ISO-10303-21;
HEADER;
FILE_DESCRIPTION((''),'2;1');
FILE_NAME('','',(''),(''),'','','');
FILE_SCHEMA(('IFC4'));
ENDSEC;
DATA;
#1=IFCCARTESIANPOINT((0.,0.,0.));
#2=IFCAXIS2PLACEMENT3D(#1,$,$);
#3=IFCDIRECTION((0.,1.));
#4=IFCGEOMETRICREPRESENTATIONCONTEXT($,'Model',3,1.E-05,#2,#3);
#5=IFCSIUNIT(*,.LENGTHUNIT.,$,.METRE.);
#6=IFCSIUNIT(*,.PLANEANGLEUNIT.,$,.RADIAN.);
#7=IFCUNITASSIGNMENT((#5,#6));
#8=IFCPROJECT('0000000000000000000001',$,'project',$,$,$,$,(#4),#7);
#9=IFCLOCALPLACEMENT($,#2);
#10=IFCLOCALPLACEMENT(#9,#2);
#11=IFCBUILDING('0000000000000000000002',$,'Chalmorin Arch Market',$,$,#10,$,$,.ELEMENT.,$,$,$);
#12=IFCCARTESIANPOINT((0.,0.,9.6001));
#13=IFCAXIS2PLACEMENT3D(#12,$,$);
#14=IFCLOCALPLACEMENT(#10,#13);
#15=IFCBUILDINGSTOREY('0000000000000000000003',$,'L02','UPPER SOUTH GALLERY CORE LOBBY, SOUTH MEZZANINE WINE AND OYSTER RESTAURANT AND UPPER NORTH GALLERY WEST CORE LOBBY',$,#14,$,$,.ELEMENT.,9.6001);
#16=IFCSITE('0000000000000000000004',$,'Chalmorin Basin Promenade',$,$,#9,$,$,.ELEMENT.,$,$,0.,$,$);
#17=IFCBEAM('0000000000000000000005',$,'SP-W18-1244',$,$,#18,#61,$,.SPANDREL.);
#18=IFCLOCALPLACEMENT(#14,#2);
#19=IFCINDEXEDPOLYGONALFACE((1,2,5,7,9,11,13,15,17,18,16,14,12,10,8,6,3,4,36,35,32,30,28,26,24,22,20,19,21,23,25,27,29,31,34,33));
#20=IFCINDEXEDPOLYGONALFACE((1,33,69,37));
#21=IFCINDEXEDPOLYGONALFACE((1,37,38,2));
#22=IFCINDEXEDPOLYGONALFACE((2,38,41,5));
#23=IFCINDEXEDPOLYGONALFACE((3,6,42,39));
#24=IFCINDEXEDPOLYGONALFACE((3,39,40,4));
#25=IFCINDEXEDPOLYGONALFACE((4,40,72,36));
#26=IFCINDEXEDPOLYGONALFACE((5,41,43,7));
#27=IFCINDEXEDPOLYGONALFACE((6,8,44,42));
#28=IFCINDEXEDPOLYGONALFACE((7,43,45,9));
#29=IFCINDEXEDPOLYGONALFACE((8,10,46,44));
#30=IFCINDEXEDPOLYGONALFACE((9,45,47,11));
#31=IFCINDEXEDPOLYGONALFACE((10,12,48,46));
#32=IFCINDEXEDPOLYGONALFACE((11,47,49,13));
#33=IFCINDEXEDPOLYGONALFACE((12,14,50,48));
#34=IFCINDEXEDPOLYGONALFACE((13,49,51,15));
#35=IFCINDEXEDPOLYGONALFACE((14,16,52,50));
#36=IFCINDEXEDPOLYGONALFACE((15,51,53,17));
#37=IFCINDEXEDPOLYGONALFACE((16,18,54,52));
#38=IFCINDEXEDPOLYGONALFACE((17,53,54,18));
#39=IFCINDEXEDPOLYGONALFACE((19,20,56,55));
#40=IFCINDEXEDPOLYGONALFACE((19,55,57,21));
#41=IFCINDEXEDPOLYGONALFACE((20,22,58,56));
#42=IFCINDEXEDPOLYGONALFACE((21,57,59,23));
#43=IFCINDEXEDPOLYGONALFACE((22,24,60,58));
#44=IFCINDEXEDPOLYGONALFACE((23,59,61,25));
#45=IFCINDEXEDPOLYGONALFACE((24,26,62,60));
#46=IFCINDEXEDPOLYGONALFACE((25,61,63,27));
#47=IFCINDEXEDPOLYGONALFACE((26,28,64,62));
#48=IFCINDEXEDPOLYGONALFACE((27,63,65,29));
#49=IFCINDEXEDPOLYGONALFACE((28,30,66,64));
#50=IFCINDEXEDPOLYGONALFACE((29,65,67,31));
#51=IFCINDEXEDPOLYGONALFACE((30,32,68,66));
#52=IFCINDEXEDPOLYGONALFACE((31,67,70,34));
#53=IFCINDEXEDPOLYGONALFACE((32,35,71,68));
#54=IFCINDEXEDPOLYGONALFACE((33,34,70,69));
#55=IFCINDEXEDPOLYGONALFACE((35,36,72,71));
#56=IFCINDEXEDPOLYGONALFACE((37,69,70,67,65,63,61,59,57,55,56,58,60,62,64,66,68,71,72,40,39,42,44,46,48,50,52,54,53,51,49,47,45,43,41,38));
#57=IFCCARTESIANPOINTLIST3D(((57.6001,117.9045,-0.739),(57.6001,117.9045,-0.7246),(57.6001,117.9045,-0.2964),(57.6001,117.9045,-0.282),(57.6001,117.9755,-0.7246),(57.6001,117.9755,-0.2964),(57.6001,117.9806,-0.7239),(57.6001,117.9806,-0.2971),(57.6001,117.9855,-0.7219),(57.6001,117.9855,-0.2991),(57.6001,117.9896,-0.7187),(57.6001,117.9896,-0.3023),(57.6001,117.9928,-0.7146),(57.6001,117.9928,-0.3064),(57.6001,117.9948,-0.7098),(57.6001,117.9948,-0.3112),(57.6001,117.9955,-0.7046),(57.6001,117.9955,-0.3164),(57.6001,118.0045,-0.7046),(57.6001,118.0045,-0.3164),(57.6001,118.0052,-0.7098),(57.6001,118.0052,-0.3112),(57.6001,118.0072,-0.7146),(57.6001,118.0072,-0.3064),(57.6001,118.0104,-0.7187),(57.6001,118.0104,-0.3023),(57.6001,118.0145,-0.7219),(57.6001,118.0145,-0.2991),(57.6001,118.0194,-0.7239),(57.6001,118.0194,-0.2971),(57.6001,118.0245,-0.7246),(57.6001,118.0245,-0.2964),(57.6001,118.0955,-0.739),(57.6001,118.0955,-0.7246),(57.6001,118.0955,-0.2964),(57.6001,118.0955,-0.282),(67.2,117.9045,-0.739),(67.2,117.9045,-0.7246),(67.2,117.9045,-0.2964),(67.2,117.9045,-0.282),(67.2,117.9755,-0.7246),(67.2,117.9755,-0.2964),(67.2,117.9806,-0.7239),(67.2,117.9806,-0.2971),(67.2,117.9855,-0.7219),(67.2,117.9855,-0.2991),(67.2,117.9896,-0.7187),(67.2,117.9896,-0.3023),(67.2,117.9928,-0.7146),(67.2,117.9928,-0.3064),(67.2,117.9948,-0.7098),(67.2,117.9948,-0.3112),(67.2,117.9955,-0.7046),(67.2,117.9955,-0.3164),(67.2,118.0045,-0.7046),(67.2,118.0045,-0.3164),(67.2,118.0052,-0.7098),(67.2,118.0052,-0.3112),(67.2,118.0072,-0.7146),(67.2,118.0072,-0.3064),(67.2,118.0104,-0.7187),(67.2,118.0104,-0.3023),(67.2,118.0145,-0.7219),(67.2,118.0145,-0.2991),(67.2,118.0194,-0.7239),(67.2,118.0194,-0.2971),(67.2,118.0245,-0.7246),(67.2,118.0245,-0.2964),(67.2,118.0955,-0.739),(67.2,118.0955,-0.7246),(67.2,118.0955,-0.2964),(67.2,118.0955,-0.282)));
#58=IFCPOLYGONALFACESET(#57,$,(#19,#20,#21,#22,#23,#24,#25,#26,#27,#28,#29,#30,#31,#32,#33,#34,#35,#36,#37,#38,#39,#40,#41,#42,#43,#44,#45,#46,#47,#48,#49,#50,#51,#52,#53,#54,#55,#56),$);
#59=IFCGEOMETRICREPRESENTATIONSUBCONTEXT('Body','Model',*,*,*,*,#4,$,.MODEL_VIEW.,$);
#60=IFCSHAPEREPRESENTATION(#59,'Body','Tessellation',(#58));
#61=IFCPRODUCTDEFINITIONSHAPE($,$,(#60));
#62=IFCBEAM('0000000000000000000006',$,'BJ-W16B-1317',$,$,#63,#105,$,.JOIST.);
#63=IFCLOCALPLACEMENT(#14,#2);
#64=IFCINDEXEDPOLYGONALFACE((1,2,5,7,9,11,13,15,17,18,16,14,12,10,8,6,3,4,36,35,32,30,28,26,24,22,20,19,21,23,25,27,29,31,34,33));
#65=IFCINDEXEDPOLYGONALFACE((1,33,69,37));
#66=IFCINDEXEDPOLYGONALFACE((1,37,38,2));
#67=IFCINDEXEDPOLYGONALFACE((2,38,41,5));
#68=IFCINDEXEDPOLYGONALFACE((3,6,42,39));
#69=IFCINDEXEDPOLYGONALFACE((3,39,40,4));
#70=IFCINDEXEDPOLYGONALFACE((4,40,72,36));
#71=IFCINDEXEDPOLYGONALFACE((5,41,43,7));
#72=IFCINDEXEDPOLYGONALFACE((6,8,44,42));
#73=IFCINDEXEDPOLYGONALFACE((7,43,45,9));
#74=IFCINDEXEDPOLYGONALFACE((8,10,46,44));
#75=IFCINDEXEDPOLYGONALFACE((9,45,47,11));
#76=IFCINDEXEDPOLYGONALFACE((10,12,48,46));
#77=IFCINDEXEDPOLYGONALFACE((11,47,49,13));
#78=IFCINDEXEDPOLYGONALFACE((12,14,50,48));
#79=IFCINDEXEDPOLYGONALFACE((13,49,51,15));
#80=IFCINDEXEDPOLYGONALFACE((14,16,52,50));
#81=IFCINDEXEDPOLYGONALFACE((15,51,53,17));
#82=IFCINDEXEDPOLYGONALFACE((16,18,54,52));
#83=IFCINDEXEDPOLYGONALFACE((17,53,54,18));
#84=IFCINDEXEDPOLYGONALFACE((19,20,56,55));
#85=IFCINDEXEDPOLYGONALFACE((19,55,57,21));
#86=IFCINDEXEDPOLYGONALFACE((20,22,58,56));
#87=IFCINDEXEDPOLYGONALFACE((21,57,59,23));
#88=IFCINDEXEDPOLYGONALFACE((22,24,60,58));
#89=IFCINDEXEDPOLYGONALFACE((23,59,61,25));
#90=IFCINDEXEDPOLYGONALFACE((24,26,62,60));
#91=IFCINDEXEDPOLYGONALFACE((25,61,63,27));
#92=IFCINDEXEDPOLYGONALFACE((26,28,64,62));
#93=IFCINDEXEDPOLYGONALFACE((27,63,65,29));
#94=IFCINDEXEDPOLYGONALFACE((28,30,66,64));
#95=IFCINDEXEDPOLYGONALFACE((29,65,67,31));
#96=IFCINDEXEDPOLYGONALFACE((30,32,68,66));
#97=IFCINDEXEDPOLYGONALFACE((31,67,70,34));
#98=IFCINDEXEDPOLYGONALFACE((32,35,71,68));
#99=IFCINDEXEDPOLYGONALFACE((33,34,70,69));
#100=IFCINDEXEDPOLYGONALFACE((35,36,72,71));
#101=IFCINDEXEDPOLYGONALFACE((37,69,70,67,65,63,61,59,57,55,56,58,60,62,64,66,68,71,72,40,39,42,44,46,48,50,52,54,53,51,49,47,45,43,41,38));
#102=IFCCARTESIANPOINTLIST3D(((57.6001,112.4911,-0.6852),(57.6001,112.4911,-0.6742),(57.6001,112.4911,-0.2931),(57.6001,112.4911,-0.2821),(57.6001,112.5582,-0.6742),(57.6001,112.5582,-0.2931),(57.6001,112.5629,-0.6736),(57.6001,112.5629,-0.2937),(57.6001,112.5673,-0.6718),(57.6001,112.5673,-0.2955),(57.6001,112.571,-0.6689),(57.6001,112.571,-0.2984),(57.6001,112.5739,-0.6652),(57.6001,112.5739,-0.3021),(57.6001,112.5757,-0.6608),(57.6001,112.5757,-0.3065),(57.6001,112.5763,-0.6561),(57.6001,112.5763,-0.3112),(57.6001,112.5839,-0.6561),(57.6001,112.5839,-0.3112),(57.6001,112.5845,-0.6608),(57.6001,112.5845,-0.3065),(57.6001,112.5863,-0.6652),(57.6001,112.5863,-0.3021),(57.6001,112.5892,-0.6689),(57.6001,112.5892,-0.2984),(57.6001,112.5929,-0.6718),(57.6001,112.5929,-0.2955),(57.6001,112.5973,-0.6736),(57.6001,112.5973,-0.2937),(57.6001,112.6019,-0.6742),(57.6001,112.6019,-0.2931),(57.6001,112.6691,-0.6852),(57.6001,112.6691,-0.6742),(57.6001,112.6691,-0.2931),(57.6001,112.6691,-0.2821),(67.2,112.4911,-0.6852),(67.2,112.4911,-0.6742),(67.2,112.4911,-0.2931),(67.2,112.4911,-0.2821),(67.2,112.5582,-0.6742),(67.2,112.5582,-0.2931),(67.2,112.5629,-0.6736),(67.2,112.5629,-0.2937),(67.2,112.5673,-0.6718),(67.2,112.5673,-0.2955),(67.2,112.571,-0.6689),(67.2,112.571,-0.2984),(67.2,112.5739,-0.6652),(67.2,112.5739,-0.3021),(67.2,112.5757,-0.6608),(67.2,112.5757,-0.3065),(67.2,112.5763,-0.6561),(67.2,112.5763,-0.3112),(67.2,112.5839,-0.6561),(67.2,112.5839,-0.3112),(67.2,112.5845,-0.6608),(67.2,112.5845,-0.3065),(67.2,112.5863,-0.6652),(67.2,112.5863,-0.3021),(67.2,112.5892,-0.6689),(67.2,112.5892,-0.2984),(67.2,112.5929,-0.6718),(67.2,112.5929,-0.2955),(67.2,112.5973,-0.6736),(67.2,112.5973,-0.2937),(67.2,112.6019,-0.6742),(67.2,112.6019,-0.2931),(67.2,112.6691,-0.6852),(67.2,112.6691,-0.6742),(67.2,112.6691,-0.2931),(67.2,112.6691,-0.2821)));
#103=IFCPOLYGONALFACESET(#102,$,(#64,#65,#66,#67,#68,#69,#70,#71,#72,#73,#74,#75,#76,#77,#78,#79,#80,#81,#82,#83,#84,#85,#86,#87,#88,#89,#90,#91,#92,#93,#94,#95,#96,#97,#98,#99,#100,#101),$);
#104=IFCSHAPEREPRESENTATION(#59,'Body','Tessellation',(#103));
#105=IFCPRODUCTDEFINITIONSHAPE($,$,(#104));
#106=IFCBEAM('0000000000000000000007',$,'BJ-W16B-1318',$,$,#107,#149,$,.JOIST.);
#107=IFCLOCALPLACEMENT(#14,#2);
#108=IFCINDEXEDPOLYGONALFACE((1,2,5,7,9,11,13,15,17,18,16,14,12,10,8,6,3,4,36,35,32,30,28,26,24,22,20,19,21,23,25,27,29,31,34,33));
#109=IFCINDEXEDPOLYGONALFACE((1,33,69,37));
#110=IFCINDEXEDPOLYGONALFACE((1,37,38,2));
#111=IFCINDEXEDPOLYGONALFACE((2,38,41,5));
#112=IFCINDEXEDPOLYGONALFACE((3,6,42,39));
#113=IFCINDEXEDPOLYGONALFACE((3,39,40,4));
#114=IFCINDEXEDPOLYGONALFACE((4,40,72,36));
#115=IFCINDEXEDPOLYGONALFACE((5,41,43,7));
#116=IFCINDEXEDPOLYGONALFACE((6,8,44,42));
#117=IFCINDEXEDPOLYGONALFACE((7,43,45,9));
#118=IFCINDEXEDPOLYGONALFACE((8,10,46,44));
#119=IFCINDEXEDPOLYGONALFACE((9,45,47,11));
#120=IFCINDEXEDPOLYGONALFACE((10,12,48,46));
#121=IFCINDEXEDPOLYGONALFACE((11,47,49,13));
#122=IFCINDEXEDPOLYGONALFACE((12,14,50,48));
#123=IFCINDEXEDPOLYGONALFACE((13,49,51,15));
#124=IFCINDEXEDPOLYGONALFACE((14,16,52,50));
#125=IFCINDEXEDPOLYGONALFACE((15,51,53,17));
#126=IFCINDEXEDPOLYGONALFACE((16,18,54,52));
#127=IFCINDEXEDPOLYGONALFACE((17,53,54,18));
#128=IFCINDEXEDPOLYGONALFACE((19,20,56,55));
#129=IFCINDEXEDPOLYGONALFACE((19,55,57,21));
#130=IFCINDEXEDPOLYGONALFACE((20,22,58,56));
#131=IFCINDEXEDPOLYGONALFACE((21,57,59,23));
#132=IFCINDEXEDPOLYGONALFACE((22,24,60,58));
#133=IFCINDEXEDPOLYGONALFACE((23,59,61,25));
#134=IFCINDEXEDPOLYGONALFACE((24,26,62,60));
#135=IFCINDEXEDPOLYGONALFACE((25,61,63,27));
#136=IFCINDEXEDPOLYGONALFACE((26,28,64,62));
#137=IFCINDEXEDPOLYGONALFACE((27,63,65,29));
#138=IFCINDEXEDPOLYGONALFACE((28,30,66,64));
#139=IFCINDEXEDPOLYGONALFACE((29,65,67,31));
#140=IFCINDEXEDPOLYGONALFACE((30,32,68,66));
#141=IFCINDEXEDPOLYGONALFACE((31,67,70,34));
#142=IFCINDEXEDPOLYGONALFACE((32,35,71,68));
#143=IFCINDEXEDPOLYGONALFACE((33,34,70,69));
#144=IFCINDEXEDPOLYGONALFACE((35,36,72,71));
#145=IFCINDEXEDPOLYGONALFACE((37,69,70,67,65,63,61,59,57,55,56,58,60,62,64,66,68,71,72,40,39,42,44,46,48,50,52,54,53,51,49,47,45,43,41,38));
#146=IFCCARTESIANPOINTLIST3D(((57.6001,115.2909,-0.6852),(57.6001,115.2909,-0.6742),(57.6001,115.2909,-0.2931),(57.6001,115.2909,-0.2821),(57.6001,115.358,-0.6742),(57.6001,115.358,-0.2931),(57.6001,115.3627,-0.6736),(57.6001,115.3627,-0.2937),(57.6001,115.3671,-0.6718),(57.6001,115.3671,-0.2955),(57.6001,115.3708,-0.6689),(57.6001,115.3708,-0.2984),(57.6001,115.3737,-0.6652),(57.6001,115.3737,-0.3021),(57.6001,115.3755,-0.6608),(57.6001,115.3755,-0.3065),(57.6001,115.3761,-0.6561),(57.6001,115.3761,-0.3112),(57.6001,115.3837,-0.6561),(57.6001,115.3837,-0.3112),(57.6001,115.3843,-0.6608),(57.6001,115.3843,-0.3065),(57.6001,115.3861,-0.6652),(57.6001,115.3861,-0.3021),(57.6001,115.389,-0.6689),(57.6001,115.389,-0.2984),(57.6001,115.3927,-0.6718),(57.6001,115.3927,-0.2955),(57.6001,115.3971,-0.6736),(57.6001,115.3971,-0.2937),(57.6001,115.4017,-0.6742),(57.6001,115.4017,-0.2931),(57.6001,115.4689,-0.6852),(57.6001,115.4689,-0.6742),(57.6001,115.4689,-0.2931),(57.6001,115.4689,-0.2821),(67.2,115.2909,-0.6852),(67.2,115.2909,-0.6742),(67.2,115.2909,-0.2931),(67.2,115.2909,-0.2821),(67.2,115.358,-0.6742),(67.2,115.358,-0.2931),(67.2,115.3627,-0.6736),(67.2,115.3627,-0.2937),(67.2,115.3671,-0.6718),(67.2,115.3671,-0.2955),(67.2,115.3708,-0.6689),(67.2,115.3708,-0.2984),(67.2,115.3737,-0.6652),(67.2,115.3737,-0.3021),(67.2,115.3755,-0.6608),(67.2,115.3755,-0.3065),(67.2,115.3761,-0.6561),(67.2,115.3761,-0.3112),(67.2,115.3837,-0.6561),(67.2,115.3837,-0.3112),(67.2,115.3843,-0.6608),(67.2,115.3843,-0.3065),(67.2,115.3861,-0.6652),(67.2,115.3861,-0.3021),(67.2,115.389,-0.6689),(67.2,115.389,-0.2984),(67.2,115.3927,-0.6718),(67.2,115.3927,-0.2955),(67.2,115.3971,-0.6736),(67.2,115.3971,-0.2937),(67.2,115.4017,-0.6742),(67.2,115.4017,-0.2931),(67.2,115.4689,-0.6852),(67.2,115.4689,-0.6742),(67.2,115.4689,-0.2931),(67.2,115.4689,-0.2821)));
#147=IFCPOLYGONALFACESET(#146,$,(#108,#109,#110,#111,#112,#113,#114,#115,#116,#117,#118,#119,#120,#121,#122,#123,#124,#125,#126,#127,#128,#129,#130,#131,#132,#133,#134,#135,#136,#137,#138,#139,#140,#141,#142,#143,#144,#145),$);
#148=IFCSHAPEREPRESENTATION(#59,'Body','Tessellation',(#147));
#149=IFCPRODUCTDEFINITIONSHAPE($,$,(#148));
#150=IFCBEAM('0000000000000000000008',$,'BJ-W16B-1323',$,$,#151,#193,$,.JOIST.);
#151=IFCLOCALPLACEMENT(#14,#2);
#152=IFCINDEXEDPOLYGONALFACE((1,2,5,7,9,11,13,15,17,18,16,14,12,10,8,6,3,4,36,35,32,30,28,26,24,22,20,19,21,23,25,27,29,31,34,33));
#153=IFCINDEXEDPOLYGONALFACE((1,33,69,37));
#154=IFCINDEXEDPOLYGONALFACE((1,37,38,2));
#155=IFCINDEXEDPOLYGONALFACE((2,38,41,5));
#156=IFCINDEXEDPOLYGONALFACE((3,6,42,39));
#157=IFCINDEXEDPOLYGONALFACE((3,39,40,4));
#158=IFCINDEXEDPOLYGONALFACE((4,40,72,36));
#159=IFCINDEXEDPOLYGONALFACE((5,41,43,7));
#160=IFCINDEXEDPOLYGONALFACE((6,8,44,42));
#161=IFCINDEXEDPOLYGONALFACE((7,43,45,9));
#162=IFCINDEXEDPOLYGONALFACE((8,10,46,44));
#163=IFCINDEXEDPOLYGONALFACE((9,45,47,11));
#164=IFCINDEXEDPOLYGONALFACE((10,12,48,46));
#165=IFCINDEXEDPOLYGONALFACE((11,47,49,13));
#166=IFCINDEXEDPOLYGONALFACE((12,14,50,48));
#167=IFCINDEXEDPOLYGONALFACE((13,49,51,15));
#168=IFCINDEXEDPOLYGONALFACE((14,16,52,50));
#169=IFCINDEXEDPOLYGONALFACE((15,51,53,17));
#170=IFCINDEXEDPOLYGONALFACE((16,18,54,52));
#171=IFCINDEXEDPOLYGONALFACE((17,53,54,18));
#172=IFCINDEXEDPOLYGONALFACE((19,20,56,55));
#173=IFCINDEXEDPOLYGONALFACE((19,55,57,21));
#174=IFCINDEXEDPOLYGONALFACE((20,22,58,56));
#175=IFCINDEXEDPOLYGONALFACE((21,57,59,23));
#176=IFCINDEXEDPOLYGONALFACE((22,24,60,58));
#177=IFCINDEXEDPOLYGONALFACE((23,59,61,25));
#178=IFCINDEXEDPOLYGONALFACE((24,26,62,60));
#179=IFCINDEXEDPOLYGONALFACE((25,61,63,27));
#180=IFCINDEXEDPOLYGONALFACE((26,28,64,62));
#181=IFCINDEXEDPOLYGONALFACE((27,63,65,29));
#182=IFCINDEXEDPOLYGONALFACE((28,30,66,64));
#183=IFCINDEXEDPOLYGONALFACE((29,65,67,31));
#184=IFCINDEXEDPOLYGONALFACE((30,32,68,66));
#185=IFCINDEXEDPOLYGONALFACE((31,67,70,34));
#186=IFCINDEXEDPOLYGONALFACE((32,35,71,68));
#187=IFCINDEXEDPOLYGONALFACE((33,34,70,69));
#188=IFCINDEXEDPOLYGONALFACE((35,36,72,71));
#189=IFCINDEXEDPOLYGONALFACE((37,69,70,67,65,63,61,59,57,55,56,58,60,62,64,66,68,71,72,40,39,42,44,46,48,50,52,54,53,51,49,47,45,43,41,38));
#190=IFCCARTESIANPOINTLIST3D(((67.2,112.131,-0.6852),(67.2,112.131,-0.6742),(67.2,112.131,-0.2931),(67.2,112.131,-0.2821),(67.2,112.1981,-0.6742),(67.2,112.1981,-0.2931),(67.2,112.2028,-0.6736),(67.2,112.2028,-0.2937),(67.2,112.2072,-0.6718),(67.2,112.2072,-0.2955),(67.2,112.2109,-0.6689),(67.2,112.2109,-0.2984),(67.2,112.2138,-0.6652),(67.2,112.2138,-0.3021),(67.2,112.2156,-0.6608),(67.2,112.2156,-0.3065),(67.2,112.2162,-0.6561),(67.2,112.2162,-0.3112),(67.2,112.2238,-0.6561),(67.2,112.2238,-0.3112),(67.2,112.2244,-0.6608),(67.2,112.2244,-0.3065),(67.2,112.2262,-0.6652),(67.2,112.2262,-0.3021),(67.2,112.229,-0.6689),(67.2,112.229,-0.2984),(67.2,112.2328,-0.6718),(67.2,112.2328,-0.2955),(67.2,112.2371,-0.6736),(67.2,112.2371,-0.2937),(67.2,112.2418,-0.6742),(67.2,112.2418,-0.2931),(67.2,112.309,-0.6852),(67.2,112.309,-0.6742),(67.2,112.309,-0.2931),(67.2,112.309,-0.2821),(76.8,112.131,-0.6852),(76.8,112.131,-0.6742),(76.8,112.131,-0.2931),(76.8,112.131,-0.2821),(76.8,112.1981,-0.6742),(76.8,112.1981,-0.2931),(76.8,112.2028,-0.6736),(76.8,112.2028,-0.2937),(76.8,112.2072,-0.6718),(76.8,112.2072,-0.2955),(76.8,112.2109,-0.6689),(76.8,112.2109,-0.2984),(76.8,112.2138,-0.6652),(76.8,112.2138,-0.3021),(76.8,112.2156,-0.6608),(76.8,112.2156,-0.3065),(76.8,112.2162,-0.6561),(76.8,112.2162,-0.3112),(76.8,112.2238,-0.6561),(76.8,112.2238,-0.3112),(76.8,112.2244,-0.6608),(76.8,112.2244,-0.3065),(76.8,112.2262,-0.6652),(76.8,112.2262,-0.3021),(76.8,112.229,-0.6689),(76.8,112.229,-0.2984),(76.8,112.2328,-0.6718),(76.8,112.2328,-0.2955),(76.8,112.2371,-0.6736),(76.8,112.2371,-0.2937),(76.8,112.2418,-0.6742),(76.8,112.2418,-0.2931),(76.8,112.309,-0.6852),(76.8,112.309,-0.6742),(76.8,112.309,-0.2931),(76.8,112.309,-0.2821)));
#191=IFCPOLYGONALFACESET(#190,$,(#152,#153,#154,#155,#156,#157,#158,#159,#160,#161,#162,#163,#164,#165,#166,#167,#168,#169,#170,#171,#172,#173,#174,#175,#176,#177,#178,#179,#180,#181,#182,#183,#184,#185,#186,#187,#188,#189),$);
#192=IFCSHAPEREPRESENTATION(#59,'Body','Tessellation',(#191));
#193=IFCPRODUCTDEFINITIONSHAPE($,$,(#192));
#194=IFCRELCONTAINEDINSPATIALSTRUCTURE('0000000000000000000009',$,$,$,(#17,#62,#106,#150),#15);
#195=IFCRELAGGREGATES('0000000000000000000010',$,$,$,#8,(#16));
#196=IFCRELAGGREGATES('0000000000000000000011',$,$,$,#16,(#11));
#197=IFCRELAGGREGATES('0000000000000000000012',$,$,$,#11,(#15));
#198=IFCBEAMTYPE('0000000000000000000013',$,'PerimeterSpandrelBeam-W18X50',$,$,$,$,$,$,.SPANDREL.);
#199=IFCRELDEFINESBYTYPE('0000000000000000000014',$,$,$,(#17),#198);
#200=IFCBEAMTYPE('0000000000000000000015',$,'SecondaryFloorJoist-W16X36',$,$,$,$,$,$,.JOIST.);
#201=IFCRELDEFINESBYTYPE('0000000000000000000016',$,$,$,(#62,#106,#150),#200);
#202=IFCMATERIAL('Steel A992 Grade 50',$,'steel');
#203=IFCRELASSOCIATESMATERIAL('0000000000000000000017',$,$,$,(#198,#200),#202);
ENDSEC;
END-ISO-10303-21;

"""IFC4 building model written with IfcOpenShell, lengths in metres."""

from ifc_helpers import new_model, si_unit, direction, frame, origin, origin_2d, place, context, subcontext, project, spatial, i_section, extrude, material, material_profile, profile_set, type_object, element, save


model = new_model("IFC4")

# Units and contexts
model_context = context("Model", 3, precision=1e-05, world=origin(), true_north=direction((0.0, 1.0)))
body_context = subcontext(model_context, "Body", "Model", "MODEL_VIEW")
ifc_project = project(units=[si_unit("LENGTHUNIT", "METRE"), si_unit("PLANEANGLEUNIT", "RADIAN")], contexts=[model_context])

# Site, building, storey
site_placement = place(None, origin())
site = spatial("IfcSite", under=ifc_project, at=site_placement, Name="Chalmorin Basin Promenade", CompositionType="ELEMENT", RefElevation=0.0)
building_placement = place(site_placement, origin())
building = spatial("IfcBuilding", under=site, at=building_placement, Name="Chalmorin Arch Market", CompositionType="ELEMENT")
storey_placement = place(building_placement, frame((0.0, 0.0, 9.6001)))
storey = spatial("IfcBuildingStorey", under=building, at=storey_placement, Name="L02", Description="UPPER SOUTH GALLERY CORE LOBBY, SOUTH MEZZANINE WINE AND OYSTER RESTAURANT AND UPPER NORTH GALLERY WEST CORE LOBBY", CompositionType="ELEMENT", Elevation=9.6001)

# Beams
ifc_material_1 = material(Name="Steel A992 Grade 50", Category="steel")
ifc_material_profile_1 = material_profile(ifc_material_1, i_section(OverallWidth=0.1909, OverallDepth=0.457, WebThickness=0.009, FlangeThickness=0.0144, FilletRadius=0.02, at=origin_2d()), Name="W18X50")
ifc_profile_set_1 = profile_set([ifc_material_profile_1], Name="Steel A992 Grade 50")
beam_type_1 = type_object("IfcBeamType", Name="PerimeterSpandrelBeam-W18X50", PredefinedType="SPANDREL", material=ifc_profile_set_1)
beam_placement = place(storey_placement, frame((57.6001, 118.0, -0.5105), z_axis=(1.0, 0.0, 0.0), x_axis=(0.0, 1.0, 0.0)))
element("IfcBeam", 1, at=beam_placement, inside=storey, type_object=beam_type_1, Name="SP-W18-1244", PredefinedType="SPANDREL", context=body_context, shape_type="SweptSolid", body=[
    extrude(i_section(OverallWidth=0.1909, OverallDepth=0.457, WebThickness=0.009, FlangeThickness=0.0144, FilletRadius=0.02, at=origin_2d()), origin(), (0.0, 0.0, 1.0), 9.5999),
])
ifc_material_profile_2 = material_profile(ifc_material_1, i_section(OverallWidth=0.178, OverallDepth=0.4031, WebThickness=0.0076, FlangeThickness=0.011, FilletRadius=0.0181, at=origin_2d()), Name="W16X36")
ifc_profile_set_2 = profile_set([ifc_material_profile_2], Name="Steel A992 Grade 50")
beam_type_2 = type_object("IfcBeamType", Name="SecondaryFloorJoist-W16X36", PredefinedType="JOIST", material=ifc_profile_set_2)
for number, where, z_axis, x_axis, name in (
    (2, (57.6001, 112.5801, -0.4836), (1.0, 0.0, 0.0), (0.0, 1.0, 0.0), "BJ-W16B-1317"),
    (3, (57.6001, 115.3799, -0.4836), (1.0, 0.0, 0.0), (0.0, 1.0, 0.0), "BJ-W16B-1318"),
):
    element("IfcBeam", number, at=place(storey_placement, frame(where, z_axis=z_axis, x_axis=x_axis)), inside=storey, type_object=beam_type_2, Name=name, PredefinedType="JOIST", context=body_context, shape_type="SweptSolid", body=[
        extrude(i_section(OverallWidth=0.178, OverallDepth=0.4031, WebThickness=0.0076, FlangeThickness=0.011, FilletRadius=0.0181, at=origin_2d()), origin(), (0.0, 0.0, 1.0), 9.5999),
    ])
for number, where, z_axis, x_axis, name in (
    (4, (67.2, 112.22, -0.4836), (1.0, 0.0, 0.0), (0.0, 1.0, 0.0), "BJ-W16B-1323"),
):
    element("IfcBeam", number, at=place(storey_placement, frame(where, z_axis=z_axis, x_axis=x_axis)), inside=storey, type_object=beam_type_2, Name=name, PredefinedType="JOIST", context=body_context, shape_type="SweptSolid", body=[
        extrude(i_section(OverallWidth=0.178, OverallDepth=0.4031, WebThickness=0.0076, FlangeThickness=0.011, FilletRadius=0.0181, at=origin_2d()), origin(), (0.0, 0.0, 1.0), 9.6001),
    ])

save(model, "model.ifc")
